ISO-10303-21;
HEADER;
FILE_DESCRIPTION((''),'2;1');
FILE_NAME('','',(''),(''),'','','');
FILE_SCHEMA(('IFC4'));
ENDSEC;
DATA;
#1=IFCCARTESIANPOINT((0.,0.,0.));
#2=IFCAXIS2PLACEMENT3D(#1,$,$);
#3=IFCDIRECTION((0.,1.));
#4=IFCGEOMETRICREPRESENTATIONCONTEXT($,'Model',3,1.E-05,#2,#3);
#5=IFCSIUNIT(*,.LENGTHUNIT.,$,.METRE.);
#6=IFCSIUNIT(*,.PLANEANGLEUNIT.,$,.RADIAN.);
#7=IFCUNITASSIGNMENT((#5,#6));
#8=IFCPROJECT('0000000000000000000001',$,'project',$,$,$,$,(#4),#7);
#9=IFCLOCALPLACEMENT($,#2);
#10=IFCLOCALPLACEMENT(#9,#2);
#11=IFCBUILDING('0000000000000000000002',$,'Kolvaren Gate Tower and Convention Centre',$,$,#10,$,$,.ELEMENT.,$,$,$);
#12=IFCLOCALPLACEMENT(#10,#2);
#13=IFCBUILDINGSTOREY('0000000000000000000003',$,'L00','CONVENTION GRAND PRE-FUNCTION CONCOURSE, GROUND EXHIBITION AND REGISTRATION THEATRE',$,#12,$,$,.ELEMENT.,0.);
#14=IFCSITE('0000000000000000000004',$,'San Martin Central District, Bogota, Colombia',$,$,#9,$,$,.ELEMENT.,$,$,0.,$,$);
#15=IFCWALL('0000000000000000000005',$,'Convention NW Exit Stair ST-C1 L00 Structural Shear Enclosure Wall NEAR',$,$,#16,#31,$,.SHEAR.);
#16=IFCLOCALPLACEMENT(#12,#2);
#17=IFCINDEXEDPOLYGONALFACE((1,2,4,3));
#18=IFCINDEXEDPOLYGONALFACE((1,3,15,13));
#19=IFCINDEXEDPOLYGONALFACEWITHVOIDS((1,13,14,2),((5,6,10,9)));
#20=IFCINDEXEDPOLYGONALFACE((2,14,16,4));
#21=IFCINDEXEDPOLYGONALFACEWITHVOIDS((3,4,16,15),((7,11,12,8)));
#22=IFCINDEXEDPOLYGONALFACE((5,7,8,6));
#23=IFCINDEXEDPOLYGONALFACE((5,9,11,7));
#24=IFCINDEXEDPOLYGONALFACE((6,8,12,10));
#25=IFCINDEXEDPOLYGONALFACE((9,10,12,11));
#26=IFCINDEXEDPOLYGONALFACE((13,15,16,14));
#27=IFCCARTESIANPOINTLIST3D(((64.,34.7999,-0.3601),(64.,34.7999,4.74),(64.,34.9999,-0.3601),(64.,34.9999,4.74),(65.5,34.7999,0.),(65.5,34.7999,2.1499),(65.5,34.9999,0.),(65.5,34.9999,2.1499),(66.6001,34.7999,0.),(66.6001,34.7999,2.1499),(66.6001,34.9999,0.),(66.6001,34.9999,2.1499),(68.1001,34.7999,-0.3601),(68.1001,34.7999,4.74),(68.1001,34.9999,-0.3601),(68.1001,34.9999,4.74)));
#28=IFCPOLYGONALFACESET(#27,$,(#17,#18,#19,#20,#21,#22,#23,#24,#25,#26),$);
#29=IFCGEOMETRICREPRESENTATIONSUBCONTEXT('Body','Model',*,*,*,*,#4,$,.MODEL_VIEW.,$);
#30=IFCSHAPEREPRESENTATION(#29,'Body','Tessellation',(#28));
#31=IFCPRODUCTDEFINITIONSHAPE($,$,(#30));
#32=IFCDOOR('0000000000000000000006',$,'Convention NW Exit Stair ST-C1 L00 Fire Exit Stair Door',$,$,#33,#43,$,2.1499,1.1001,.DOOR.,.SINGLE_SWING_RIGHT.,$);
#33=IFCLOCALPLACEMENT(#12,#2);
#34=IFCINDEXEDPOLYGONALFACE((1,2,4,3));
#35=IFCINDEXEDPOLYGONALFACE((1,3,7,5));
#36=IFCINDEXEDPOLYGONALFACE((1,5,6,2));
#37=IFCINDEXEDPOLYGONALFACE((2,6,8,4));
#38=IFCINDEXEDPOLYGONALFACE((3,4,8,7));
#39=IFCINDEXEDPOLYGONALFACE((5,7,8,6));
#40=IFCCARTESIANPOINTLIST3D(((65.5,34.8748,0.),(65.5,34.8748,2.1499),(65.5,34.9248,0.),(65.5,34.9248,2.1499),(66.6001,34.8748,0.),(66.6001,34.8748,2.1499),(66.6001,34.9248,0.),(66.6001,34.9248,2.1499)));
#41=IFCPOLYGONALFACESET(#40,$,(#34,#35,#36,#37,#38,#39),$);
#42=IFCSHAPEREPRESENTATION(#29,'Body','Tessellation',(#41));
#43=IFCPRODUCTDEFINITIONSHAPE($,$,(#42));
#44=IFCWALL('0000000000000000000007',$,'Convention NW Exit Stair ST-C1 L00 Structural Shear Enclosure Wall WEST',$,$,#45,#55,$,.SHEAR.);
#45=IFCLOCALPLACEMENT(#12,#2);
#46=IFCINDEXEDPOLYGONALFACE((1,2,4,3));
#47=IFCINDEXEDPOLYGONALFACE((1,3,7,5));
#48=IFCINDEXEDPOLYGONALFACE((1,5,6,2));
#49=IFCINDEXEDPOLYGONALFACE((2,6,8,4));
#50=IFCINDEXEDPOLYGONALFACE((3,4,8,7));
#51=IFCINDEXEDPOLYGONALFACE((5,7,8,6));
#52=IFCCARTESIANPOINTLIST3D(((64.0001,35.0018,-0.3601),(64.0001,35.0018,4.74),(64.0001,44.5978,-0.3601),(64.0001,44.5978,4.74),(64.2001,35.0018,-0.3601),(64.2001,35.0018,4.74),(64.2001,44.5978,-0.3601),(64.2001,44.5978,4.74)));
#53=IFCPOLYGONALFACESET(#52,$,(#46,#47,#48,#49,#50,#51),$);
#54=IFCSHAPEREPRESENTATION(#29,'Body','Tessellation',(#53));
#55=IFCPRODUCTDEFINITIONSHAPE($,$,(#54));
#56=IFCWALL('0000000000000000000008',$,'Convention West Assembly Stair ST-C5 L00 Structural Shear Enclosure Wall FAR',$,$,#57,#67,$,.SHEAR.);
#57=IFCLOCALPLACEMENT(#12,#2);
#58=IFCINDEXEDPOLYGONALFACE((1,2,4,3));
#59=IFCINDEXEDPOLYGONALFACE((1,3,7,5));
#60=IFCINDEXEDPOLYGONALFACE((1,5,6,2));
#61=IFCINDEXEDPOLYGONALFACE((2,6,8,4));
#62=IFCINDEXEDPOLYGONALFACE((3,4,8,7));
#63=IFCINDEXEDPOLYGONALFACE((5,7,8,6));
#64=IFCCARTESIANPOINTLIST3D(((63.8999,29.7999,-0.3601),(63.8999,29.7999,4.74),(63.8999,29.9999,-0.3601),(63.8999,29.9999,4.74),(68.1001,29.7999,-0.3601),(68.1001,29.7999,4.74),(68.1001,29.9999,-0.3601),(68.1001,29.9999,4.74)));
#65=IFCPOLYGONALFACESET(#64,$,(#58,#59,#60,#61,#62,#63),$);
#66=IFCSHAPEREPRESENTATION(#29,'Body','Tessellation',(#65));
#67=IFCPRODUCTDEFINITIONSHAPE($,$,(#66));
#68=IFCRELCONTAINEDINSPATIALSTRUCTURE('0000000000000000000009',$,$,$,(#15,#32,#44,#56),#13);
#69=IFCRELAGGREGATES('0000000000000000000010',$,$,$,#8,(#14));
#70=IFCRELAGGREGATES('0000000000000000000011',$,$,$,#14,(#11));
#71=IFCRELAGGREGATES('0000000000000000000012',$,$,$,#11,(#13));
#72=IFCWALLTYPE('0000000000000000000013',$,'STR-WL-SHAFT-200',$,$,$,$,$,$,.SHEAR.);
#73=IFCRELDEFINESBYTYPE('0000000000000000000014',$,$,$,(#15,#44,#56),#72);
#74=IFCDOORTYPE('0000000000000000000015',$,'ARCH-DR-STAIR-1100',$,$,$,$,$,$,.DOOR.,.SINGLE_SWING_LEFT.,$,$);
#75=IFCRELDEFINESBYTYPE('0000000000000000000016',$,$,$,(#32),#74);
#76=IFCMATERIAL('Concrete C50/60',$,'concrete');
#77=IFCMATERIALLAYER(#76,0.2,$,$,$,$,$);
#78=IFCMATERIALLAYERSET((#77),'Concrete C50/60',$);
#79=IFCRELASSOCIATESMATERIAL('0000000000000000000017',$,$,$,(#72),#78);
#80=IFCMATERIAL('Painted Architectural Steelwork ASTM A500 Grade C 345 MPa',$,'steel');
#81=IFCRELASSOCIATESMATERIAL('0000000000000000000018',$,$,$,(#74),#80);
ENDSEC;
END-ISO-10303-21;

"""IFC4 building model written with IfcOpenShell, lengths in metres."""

from ifc_helpers import new_model, si_unit, direction, frame, frame_2d, origin, place, context, subcontext, project, spatial, rectangle, extrude, material, layer, layer_set, type_object, element, fill, save


model = new_model("IFC4")

# Units and contexts
model_context = context("Model", 3, precision=1e-05, world=origin(), true_north=direction((0.0, 1.0)))
body_context = subcontext(model_context, "Body", "Model", "MODEL_VIEW")
ifc_project = project(units=[si_unit("LENGTHUNIT", "METRE"), si_unit("PLANEANGLEUNIT", "RADIAN")], contexts=[model_context])

# Site, building, storey
site_placement = place(None, origin())
site = spatial("IfcSite", under=ifc_project, at=site_placement, Name="San Martin Central District, Bogota, Colombia", CompositionType="ELEMENT", RefElevation=0.0)
building_placement = place(site_placement, origin())
building = spatial("IfcBuilding", under=site, at=building_placement, Name="Kolvaren Gate Tower and Convention Centre", CompositionType="ELEMENT")
storey_placement = place(building_placement, origin())
storey = spatial("IfcBuildingStorey", under=building, at=storey_placement, Name="L00", Description="CONVENTION GRAND PRE-FUNCTION CONCOURSE, GROUND EXHIBITION AND REGISTRATION THEATRE", CompositionType="ELEMENT", Elevation=0.0)

# Wall, opening, door
ifc_material_1 = material(Name="Concrete C50/60", Category="concrete")
ifc_layer_1 = layer(ifc_material_1, 0.2)
ifc_layer_set_1 = layer_set([ifc_layer_1], Name="Concrete C50/60")
wall_type_1 = type_object("IfcWallType", Name="STR-WL-SHAFT-200", PredefinedType="SHEAR", material=ifc_layer_set_1)
wall_1_placement = place(storey_placement, frame((64.0, 34.8999, -0.3601), z_axis=(0.0, 0.0, 1.0), x_axis=(1.0, 0.0, 0.0)))
wall_1 = element("IfcWall", 1, at=wall_1_placement, inside=storey, type_object=wall_type_1, Name="Convention NW Exit Stair ST-C1 L00 Structural Shear Enclosure Wall NEAR", PredefinedType="SHEAR", context=body_context, shape_type="SweptSolid", body=[
    extrude(rectangle(XDim=4.1001, YDim=0.2, at=frame_2d((2.05, 0.0))), origin(), (0.0, 0.0, 1.0), 5.1001),
])
opening_placement = place(wall_1_placement, frame((1.5, 0.0, 0.3601)))
opening = element("IfcOpeningElement", 2, at=opening_placement, cuts=wall_1, PredefinedType="OPENING", context=body_context, shape_type="SweptSolid", body=[
    extrude(rectangle(XDim=1.1001, YDim=2.1499, at=frame_2d((0.55, 1.075))), frame((0.0, 0.1099, 0.0), z_axis=(0.0, -1.0, 0.0), x_axis=(1.0, 0.0, 0.0)), (0.0, 0.0, 1.0), 0.22),
])
ifc_material_2 = material(Name="Painted Architectural Steelwork ASTM A500 Grade C 345 MPa", Category="steel")
door_type = type_object("IfcDoorType", Name="ARCH-DR-STAIR-1100", OperationType="SINGLE_SWING_LEFT", PredefinedType="DOOR", material=ifc_material_2)
door_placement = place(opening_placement, origin())
door = element("IfcDoor", 3, at=door_placement, inside=storey, type_object=door_type, Name="Convention NW Exit Stair ST-C1 L00 Fire Exit Stair Door", OperationType="SINGLE_SWING_RIGHT", OverallHeight=2.1499, OverallWidth=1.1001, PredefinedType="DOOR", context=body_context, shape_type="SweptSolid", body=[
    extrude(rectangle(XDim=1.1001, YDim=2.1499, at=frame_2d((0.55, 1.075))), frame((0.0, 0.0249, 0.0), z_axis=(0.0, -1.0, 0.0), x_axis=(1.0, 0.0, 0.0)), (0.0, 0.0, 1.0), 0.05),
])
fill(opening, door)

# Walls
wall_2_placement = place(storey_placement, frame((64.1001, 35.002, -0.3601), z_axis=(0.0, 0.0, 1.0), x_axis=(0.0, 1.0, 0.0)))
element("IfcWall", 4, at=wall_2_placement, inside=storey, type_object=wall_type_1, Name="Convention NW Exit Stair ST-C1 L00 Structural Shear Enclosure Wall WEST", PredefinedType="SHEAR", context=body_context, shape_type="SweptSolid", body=[
    extrude(rectangle(XDim=9.5959, YDim=0.2, at=frame_2d((4.7979, 0.0))), origin(), (0.0, 0.0, 1.0), 5.1001),
])
wall_3_placement = place(storey_placement, frame((63.8999, 29.8999, -0.3601), z_axis=(0.0, 0.0, 1.0), x_axis=(1.0, 0.0, 0.0)))
element("IfcWall", 5, at=wall_3_placement, inside=storey, type_object=wall_type_1, Name="Convention West Assembly Stair ST-C5 L00 Structural Shear Enclosure Wall FAR", PredefinedType="SHEAR", context=body_context, shape_type="SweptSolid", body=[
    extrude(rectangle(XDim=4.2002, YDim=0.2, at=frame_2d((2.1001, 0.0))), origin(), (0.0, 0.0, 1.0), 5.1001),
])

save(model, "model.ifc")
